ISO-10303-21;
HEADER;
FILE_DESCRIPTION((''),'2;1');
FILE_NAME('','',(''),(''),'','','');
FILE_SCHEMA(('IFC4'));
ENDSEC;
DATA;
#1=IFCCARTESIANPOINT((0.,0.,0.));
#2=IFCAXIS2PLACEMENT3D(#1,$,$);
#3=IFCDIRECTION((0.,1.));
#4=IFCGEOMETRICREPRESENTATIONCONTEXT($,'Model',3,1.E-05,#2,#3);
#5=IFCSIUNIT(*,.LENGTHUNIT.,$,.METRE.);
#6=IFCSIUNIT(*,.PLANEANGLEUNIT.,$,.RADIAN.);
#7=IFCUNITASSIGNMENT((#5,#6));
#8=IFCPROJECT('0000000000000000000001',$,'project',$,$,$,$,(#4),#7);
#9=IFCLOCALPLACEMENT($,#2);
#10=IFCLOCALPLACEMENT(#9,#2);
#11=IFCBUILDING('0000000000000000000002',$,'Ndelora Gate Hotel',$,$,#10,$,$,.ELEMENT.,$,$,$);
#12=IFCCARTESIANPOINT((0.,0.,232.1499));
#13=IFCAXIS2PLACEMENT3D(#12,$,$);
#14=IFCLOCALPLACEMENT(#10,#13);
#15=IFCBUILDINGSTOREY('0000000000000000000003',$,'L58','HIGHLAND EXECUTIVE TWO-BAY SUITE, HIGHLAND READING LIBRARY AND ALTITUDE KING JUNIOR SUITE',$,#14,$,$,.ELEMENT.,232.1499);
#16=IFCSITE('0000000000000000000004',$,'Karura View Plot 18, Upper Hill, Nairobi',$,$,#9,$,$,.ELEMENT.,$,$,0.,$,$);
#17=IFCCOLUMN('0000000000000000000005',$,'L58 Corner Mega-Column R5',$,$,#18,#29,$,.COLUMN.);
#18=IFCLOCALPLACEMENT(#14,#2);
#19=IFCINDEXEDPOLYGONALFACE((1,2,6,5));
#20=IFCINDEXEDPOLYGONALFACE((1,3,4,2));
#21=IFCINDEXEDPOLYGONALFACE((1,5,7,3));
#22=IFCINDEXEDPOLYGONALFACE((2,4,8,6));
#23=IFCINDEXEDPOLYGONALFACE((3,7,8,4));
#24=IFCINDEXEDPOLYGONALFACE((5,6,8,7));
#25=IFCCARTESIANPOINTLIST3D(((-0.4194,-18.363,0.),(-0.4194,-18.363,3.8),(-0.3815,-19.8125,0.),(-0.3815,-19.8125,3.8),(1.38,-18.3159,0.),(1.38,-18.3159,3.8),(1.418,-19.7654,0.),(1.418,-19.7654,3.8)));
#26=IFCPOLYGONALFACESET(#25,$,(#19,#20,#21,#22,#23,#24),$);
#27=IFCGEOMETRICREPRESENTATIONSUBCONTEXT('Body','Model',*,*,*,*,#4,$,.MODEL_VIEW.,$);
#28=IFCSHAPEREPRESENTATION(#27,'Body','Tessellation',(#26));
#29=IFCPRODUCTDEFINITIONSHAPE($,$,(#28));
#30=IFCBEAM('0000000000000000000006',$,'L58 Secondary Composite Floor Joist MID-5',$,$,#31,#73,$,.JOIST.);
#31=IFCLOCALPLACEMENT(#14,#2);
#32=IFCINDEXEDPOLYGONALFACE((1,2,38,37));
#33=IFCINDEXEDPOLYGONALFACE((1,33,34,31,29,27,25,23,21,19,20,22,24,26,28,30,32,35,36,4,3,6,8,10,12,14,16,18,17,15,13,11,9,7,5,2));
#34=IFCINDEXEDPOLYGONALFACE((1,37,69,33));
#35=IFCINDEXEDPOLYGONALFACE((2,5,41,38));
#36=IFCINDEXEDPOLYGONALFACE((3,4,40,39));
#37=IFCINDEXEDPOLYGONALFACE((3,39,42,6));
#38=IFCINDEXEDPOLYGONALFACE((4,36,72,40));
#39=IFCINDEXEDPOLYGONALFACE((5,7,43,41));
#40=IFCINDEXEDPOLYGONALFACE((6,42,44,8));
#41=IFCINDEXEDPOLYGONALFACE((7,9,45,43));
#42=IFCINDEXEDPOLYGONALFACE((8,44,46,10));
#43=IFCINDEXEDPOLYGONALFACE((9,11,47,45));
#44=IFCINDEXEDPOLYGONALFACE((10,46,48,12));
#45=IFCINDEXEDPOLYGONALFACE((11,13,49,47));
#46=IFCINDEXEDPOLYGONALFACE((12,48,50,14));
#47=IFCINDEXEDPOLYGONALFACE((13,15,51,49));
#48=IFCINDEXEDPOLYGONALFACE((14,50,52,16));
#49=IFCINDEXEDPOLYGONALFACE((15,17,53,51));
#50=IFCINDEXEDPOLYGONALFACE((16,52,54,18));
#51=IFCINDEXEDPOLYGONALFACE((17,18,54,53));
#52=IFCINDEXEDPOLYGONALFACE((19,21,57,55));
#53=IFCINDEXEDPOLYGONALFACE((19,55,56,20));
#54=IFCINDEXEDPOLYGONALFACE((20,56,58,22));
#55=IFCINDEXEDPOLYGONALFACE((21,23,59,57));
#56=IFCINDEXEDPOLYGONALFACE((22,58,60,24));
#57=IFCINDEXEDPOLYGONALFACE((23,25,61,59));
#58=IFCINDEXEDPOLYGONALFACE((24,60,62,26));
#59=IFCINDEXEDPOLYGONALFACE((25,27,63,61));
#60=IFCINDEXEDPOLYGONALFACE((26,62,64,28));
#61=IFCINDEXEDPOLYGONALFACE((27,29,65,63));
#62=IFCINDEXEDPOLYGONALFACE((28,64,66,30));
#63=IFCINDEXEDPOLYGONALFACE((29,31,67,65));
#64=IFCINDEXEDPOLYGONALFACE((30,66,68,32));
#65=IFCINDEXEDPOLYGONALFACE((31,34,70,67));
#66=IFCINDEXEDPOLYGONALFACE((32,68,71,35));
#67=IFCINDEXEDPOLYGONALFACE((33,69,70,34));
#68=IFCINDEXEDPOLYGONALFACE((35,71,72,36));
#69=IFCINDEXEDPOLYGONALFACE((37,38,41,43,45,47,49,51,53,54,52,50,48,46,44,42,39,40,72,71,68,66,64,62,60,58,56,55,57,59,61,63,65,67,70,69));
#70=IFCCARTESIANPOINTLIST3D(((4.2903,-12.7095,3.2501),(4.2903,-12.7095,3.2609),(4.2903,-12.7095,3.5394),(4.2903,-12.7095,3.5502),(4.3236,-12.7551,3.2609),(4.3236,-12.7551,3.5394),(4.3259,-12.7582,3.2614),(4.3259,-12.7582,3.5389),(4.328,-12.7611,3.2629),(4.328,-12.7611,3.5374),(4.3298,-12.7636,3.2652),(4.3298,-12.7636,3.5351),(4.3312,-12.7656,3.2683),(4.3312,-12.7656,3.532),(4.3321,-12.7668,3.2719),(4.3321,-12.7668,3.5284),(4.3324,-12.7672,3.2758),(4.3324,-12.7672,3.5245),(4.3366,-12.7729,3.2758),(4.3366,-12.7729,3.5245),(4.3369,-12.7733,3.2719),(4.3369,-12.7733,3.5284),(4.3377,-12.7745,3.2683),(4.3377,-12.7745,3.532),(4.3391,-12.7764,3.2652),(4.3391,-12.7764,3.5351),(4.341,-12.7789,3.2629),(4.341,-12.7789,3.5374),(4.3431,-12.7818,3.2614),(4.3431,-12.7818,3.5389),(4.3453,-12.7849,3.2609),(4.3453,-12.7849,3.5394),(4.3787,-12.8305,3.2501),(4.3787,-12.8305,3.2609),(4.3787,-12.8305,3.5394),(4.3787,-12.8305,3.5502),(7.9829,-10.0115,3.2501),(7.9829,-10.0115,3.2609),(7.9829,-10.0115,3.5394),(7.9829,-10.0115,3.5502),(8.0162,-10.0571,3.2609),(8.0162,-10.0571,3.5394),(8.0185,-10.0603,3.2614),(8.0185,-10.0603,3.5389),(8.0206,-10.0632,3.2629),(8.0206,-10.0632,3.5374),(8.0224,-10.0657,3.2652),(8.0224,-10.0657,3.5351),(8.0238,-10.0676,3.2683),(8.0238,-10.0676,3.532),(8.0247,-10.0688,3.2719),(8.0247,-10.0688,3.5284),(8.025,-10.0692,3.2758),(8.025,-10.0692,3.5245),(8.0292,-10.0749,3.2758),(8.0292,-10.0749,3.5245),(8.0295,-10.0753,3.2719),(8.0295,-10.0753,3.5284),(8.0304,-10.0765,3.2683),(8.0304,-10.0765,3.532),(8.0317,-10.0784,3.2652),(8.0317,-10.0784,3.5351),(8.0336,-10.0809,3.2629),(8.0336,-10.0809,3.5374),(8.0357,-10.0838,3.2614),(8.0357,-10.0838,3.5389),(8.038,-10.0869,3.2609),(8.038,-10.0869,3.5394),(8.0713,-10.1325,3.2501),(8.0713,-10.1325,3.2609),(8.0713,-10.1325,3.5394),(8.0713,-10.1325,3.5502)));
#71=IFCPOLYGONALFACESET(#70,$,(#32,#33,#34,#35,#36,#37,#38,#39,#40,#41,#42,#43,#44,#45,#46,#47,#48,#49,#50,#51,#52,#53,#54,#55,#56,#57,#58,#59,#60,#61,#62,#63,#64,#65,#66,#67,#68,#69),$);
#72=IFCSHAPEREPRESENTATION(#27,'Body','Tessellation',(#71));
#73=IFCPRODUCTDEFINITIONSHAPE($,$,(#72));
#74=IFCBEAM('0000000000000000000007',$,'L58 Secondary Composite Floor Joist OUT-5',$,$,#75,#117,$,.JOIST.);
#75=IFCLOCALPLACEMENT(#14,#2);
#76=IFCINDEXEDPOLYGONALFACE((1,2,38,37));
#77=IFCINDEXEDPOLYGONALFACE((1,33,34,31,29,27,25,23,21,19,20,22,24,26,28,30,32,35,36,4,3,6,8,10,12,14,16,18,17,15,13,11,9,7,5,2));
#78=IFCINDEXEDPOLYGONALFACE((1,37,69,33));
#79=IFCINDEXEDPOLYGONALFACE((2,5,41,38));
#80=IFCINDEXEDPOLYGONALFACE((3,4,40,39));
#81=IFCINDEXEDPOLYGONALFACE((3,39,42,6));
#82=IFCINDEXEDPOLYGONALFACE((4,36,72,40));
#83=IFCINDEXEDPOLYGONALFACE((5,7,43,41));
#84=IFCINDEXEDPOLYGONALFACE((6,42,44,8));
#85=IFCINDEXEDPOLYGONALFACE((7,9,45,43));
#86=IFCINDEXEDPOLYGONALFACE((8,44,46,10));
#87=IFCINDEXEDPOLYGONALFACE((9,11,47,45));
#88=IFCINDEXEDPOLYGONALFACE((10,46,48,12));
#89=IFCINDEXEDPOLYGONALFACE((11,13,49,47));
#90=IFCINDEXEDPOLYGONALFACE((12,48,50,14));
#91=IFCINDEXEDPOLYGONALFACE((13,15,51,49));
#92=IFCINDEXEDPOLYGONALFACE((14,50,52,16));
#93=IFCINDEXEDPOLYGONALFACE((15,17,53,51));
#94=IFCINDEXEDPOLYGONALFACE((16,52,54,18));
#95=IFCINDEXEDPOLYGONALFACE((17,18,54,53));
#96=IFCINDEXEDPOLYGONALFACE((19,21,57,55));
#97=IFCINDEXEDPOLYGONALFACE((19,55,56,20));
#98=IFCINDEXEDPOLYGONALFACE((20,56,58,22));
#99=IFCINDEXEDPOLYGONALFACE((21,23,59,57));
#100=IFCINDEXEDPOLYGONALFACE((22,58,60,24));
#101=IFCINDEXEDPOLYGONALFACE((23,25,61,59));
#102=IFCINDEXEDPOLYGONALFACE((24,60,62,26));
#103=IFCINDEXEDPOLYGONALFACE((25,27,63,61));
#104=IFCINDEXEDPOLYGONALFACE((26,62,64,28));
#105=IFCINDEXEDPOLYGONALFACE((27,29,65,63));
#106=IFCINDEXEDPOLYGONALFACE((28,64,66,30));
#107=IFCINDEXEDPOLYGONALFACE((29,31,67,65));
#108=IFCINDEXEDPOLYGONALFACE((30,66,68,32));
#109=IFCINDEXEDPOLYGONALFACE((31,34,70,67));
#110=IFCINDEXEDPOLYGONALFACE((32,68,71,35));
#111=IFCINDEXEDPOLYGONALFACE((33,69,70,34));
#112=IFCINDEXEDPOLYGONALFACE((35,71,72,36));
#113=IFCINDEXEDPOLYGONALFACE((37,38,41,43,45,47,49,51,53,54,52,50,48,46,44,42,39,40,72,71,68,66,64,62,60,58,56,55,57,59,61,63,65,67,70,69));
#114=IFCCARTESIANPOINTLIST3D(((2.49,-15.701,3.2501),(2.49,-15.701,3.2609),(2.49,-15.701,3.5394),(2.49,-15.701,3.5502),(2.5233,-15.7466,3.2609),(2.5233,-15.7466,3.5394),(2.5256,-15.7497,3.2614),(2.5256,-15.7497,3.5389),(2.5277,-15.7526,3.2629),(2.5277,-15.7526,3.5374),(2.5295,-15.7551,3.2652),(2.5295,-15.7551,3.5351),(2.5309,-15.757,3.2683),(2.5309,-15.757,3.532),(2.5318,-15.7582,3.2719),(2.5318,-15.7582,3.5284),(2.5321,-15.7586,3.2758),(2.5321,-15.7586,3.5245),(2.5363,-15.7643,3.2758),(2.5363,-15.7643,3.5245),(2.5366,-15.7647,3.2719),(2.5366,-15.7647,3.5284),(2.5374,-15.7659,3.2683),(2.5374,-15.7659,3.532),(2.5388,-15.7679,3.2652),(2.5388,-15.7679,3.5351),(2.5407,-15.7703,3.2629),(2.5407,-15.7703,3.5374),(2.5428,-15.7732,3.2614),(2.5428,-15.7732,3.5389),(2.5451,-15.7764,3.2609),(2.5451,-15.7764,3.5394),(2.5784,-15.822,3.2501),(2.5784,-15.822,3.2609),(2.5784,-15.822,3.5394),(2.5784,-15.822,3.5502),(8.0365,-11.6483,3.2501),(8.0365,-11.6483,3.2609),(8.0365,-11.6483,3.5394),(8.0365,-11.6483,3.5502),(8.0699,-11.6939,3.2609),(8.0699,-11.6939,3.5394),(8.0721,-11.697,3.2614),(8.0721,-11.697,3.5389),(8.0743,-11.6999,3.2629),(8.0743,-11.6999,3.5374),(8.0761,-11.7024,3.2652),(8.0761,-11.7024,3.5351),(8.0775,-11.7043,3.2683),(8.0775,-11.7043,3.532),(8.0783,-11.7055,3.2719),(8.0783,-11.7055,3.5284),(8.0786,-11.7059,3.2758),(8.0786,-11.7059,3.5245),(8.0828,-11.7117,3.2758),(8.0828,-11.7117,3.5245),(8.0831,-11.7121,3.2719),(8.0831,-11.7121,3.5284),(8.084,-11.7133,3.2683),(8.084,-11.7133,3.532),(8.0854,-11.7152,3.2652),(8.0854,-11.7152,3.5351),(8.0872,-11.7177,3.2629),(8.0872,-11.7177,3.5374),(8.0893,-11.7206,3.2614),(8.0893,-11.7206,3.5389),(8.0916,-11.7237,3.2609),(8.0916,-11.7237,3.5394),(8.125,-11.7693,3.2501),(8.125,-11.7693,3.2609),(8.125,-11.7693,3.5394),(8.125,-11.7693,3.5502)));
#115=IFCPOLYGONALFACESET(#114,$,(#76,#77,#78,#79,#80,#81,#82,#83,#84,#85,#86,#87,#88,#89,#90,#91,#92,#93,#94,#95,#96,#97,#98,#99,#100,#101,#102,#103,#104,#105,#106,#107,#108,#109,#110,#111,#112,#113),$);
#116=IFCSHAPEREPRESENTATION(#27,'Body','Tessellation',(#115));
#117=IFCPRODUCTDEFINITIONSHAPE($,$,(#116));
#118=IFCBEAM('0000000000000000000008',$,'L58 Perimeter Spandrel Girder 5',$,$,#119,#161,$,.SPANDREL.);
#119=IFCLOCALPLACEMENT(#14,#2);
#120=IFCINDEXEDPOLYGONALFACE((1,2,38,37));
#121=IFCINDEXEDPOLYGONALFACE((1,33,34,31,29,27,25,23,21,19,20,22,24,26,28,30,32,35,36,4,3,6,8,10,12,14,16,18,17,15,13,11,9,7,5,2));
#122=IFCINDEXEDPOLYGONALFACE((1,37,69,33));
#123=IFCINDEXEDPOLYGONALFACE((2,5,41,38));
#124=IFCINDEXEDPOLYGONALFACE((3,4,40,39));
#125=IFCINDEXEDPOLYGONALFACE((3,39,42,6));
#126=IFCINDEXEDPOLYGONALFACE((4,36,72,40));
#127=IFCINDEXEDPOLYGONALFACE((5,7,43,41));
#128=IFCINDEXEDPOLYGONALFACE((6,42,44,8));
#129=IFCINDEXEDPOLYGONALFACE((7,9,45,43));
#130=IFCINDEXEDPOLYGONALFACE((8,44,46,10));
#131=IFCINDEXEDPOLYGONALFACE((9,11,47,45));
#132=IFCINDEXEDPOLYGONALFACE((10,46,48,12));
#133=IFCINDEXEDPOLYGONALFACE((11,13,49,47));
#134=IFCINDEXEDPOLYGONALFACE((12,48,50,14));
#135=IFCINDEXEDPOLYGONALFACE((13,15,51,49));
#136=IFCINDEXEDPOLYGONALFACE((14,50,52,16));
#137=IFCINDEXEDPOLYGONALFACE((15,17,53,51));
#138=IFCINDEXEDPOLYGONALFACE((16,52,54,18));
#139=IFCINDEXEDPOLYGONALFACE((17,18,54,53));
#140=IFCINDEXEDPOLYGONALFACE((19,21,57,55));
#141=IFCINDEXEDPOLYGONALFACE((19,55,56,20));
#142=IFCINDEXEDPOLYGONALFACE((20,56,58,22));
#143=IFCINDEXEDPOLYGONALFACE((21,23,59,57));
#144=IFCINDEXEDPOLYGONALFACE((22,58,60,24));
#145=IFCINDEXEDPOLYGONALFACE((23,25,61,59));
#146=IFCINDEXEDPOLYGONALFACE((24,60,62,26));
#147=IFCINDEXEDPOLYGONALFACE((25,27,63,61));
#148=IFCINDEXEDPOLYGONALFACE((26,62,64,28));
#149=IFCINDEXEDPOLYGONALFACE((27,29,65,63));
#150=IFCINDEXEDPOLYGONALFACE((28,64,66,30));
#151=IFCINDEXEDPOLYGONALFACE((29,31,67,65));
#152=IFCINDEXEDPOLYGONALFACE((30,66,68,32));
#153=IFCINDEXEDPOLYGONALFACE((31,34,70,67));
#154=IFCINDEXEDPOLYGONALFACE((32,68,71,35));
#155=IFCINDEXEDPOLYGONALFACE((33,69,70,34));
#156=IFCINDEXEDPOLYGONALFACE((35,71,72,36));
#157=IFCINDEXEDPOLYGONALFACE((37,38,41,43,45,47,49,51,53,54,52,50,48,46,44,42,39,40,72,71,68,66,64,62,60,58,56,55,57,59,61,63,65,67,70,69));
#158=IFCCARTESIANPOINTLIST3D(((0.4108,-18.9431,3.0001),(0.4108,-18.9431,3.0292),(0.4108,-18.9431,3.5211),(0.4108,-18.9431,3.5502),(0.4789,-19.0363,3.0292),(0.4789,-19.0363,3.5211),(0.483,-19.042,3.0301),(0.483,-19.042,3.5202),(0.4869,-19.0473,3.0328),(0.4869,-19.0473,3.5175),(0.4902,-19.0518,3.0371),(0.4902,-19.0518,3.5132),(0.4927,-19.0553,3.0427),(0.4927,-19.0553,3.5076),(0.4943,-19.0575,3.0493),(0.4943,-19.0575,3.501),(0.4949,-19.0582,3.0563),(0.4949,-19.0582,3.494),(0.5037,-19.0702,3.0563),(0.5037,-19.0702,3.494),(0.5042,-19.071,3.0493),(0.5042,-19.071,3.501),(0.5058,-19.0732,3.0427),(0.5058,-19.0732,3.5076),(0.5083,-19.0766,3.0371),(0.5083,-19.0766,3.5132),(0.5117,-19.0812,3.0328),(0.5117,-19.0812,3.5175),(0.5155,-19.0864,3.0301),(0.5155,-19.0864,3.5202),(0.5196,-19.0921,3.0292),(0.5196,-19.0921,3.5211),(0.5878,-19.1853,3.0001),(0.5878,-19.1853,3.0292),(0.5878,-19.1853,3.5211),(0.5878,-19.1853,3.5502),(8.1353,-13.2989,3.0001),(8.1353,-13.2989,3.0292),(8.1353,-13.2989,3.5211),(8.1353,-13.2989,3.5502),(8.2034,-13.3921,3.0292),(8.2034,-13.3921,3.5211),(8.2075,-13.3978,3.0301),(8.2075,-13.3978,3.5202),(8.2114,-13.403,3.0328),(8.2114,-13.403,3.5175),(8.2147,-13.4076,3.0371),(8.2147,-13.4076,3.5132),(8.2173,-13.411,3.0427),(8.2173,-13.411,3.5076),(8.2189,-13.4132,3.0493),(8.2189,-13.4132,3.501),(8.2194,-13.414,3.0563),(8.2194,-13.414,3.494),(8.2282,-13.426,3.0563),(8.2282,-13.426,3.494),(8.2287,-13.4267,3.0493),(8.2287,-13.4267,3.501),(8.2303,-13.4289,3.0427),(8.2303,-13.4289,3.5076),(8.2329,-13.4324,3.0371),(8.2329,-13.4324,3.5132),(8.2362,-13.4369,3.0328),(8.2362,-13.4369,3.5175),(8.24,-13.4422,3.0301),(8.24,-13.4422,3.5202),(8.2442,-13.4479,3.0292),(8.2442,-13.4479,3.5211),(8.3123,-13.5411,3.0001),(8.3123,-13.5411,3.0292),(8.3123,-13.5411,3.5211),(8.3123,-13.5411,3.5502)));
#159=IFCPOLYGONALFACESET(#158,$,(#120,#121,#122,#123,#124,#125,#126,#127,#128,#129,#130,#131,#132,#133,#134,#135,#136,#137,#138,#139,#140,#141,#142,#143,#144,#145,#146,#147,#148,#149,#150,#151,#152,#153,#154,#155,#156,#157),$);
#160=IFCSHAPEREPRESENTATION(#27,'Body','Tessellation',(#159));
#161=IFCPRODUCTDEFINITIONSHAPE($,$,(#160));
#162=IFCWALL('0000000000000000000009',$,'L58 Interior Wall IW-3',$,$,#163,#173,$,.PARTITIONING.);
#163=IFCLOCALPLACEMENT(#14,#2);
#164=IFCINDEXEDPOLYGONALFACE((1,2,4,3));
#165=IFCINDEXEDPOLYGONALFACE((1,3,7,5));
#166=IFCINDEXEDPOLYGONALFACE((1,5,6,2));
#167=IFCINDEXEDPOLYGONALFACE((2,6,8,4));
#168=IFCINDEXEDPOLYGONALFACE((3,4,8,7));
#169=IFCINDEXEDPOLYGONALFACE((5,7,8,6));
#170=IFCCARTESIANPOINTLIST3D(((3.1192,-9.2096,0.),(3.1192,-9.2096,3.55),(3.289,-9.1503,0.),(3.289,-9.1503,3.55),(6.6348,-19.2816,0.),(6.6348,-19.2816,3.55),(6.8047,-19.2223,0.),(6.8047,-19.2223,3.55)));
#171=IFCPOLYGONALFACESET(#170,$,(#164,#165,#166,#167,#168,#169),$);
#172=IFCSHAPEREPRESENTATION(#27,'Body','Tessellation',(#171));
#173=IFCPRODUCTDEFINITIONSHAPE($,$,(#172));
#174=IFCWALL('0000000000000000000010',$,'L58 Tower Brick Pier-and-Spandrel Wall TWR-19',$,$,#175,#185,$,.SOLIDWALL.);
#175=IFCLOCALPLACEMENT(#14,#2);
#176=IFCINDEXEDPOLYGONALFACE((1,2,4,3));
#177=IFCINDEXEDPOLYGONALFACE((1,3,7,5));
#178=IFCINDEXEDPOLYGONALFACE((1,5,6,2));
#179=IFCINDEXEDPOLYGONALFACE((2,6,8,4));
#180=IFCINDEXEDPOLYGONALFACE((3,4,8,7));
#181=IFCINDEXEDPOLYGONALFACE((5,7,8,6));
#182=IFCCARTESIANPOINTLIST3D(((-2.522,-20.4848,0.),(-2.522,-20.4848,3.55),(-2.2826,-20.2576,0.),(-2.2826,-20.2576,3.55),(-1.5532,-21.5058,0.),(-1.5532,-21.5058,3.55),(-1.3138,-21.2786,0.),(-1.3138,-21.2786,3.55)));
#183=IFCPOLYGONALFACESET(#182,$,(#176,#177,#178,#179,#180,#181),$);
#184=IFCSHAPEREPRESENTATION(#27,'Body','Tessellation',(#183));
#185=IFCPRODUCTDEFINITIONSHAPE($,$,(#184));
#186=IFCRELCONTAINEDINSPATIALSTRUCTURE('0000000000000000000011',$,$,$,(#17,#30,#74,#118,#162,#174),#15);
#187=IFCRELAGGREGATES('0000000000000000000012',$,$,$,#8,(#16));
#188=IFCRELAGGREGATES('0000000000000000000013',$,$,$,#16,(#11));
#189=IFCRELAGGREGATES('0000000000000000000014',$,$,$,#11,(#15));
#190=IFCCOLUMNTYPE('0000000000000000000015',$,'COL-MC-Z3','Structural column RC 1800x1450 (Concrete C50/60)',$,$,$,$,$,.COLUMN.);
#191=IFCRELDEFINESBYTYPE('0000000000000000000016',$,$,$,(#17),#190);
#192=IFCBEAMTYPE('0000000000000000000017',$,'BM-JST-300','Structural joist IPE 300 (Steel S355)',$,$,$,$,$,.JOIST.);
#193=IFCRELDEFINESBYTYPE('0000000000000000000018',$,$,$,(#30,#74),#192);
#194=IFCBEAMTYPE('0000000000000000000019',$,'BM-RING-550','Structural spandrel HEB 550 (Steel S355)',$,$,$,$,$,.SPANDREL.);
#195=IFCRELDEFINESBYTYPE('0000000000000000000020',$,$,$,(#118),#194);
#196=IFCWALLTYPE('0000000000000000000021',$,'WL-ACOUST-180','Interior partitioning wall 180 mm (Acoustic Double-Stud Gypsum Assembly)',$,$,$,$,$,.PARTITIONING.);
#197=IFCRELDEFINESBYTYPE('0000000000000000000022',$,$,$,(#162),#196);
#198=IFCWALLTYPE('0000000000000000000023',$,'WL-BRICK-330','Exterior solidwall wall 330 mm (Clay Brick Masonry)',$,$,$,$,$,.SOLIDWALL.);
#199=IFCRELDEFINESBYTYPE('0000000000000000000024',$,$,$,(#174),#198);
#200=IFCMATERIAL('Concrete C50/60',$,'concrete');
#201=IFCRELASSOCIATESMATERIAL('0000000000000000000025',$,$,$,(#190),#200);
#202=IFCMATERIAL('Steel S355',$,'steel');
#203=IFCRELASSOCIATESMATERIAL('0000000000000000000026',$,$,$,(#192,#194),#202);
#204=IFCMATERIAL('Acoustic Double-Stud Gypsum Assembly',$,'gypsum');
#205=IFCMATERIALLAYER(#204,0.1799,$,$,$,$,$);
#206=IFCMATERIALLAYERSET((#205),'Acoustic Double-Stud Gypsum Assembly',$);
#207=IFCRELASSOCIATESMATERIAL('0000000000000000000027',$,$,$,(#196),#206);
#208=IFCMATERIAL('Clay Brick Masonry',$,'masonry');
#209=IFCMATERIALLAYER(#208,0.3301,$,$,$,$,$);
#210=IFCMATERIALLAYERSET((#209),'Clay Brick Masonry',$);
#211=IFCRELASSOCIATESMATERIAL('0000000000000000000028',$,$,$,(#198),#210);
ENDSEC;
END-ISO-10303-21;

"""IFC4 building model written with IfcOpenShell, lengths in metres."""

from ifc_helpers import new_model, si_unit, direction, frame, frame_2d, origin, origin_2d, place, context, subcontext, project, spatial, rectangle, i_section, extrude, material, layer, layer_set, material_profile, profile_set, type_object, element, save


model = new_model("IFC4")

# Units and contexts
model_context = context("Model", 3, precision=1e-05, world=origin(), true_north=direction((0.0, 1.0)))
body_context = subcontext(model_context, "Body", "Model", "MODEL_VIEW")
ifc_project = project(units=[si_unit("LENGTHUNIT", "METRE"), si_unit("PLANEANGLEUNIT", "RADIAN")], contexts=[model_context])

# Site, building, storey
site_placement = place(None, origin())
site = spatial("IfcSite", under=ifc_project, at=site_placement, Name="Karura View Plot 18, Upper Hill, Nairobi", CompositionType="ELEMENT", RefElevation=0.0)
building_placement = place(site_placement, origin())
building = spatial("IfcBuilding", under=site, at=building_placement, Name="Ndelora Gate Hotel", CompositionType="ELEMENT")
storey_placement = place(building_placement, frame((0.0, 0.0, 232.1499)))
storey = spatial("IfcBuildingStorey", under=building, at=storey_placement, Name="L58", Description="HIGHLAND EXECUTIVE TWO-BAY SUITE, HIGHLAND READING LIBRARY AND ALTITUDE KING JUNIOR SUITE", CompositionType="ELEMENT", Elevation=232.1499)

# Column
ifc_material_1 = material(Name="Concrete C50/60", Category="concrete")
ifc_material_profile_1 = material_profile(ifc_material_1, rectangle(XDim=1.45, YDim=1.8, at=origin_2d()), Name="RC 1800x1450")
ifc_profile_set_1 = profile_set([ifc_material_profile_1], Name="Concrete C50/60")
column_type = type_object("IfcColumnType", Name="COL-MC-Z3", Description="Structural column RC 1800x1450 (Concrete C50/60)", PredefinedType="COLUMN", material=ifc_profile_set_1)
column_placement = place(storey_placement, frame((0.4993, -19.0642, 0.0), z_axis=(0.0, 0.0, 1.0), x_axis=(-0.026177, 0.999657, 0.0)))
element("IfcColumn", 1, at=column_placement, inside=storey, type_object=column_type, Name="L58 Corner Mega-Column R5", PredefinedType="COLUMN", context=body_context, shape_type="SweptSolid", body=[
    extrude(rectangle(XDim=1.45, YDim=1.8, at=origin_2d()), origin(), (0.0, 0.0, 1.0), 3.8),
])

# Beams
ifc_material_2 = material(Name="Steel S355", Category="steel")
ifc_material_profile_2 = material_profile(ifc_material_2, i_section(OverallWidth=0.1499, OverallDepth=0.3, WebThickness=0.0071, FlangeThickness=0.0107, FilletRadius=0.0149, at=origin_2d()), Name="IPE 300")
ifc_profile_set_2 = profile_set([ifc_material_profile_2], Name="Steel S355")
beam_type_1 = type_object("IfcBeamType", Name="BM-JST-300", Description="Structural joist IPE 300 (Steel S355)", PredefinedType="JOIST", material=ifc_profile_set_2)
beam_1_placement = place(storey_placement, frame((4.3345, -12.77, 3.4001), z_axis=(0.807439, 0.589951, 0.0), x_axis=(-0.589951, 0.807439, 0.0)))
element("IfcBeam", 2, at=beam_1_placement, inside=storey, type_object=beam_type_1, Name="L58 Secondary Composite Floor Joist MID-5", PredefinedType="JOIST", context=body_context, shape_type="SweptSolid", body=[
    extrude(i_section(OverallWidth=0.1499, OverallDepth=0.3, WebThickness=0.0071, FlangeThickness=0.0107, FilletRadius=0.0149, at=origin_2d()), origin(), (0.0, 0.0, 1.0), 4.5732),
])
beam_2_placement = place(storey_placement, frame((2.5342, -15.7615, 3.4001), z_axis=(0.807431, 0.589962, 0.0), x_axis=(-0.589962, 0.807431, 0.0)))
element("IfcBeam", 3, at=beam_2_placement, inside=storey, type_object=beam_type_1, Name="L58 Secondary Composite Floor Joist OUT-5", PredefinedType="JOIST", context=body_context, shape_type="SweptSolid", body=[
    extrude(i_section(OverallWidth=0.1499, OverallDepth=0.3, WebThickness=0.0071, FlangeThickness=0.0107, FilletRadius=0.0149, at=origin_2d()), origin(), (0.0, 0.0, 1.0), 6.8694),
])
ifc_material_profile_3 = material_profile(ifc_material_2, i_section(OverallWidth=0.3, OverallDepth=0.55, WebThickness=0.0149, FlangeThickness=0.0291, FilletRadius=0.0271, at=origin_2d()), Name="HEB 550")
ifc_profile_set_3 = profile_set([ifc_material_profile_3], Name="Steel S355")
beam_type_2 = type_object("IfcBeamType", Name="BM-RING-550", Description="Structural spandrel HEB 550 (Steel S355)", PredefinedType="SPANDREL", material=ifc_profile_set_3)
beam_3_placement = place(storey_placement, frame((0.4993, -19.0642, 3.2751), z_axis=(0.807422, 0.589974, 0.0), x_axis=(-0.589974, 0.807422, 0.0)))
element("IfcBeam", 4, at=beam_3_placement, inside=storey, type_object=beam_type_2, Name="L58 Perimeter Spandrel Girder 5", PredefinedType="SPANDREL", context=body_context, shape_type="SweptSolid", body=[
    extrude(i_section(OverallWidth=0.3, OverallDepth=0.55, WebThickness=0.0149, FlangeThickness=0.0291, FilletRadius=0.0271, at=origin_2d()), origin(), (0.0, 0.0, 1.0), 9.5669),
])

# Walls
ifc_material_3 = material(Name="Acoustic Double-Stud Gypsum Assembly", Category="gypsum")
ifc_layer_1 = layer(ifc_material_3, 0.1799)
ifc_layer_set_1 = layer_set([ifc_layer_1], Name="Acoustic Double-Stud Gypsum Assembly")
wall_type_1 = type_object("IfcWallType", Name="WL-ACOUST-180", Description="Interior partitioning wall 180 mm (Acoustic Double-Stud Gypsum Assembly)", PredefinedType="PARTITIONING", material=ifc_layer_set_1)
wall_1_placement = place(storey_placement, frame((3.2041, -9.1799, 0.0), z_axis=(0.0, 0.0, 1.0), x_axis=(0.32955, -0.944138, 0.0)))
element("IfcWall", 5, at=wall_1_placement, inside=storey, type_object=wall_type_1, Name="L58 Interior Wall IW-3", PredefinedType="PARTITIONING", context=body_context, shape_type="SweptSolid", body=[
    extrude(rectangle(XDim=10.668, YDim=0.1799, at=frame_2d((5.334, 0.0))), origin(), (0.0, 0.0, 1.0), 3.55),
])
ifc_material_4 = material(Name="Clay Brick Masonry", Category="masonry")
ifc_layer_2 = layer(ifc_material_4, 0.3301)
ifc_layer_set_2 = layer_set([ifc_layer_2], Name="Clay Brick Masonry")
wall_type_2 = type_object("IfcWallType", Name="WL-BRICK-330", Description="Exterior solidwall wall 330 mm (Clay Brick Masonry)", PredefinedType="SOLIDWALL", material=ifc_layer_set_2)
wall_2_placement = place(storey_placement, frame((-1.4336, -21.3921, 0.0), z_axis=(0.0, 0.0, 1.0), x_axis=(-0.688303, 0.725424, 0.0)))
element("IfcWall", 6, at=wall_2_placement, inside=storey, type_object=wall_type_2, Name="L58 Tower Brick Pier-and-Spandrel Wall TWR-19", PredefinedType="SOLIDWALL", context=body_context, shape_type="SweptSolid", body=[
    extrude(rectangle(XDim=1.4075, YDim=0.3301, at=frame_2d((0.7036, 0.0))), origin(), (0.0, 0.0, 1.0), 3.55),
])

save(model, "model.ifc")
